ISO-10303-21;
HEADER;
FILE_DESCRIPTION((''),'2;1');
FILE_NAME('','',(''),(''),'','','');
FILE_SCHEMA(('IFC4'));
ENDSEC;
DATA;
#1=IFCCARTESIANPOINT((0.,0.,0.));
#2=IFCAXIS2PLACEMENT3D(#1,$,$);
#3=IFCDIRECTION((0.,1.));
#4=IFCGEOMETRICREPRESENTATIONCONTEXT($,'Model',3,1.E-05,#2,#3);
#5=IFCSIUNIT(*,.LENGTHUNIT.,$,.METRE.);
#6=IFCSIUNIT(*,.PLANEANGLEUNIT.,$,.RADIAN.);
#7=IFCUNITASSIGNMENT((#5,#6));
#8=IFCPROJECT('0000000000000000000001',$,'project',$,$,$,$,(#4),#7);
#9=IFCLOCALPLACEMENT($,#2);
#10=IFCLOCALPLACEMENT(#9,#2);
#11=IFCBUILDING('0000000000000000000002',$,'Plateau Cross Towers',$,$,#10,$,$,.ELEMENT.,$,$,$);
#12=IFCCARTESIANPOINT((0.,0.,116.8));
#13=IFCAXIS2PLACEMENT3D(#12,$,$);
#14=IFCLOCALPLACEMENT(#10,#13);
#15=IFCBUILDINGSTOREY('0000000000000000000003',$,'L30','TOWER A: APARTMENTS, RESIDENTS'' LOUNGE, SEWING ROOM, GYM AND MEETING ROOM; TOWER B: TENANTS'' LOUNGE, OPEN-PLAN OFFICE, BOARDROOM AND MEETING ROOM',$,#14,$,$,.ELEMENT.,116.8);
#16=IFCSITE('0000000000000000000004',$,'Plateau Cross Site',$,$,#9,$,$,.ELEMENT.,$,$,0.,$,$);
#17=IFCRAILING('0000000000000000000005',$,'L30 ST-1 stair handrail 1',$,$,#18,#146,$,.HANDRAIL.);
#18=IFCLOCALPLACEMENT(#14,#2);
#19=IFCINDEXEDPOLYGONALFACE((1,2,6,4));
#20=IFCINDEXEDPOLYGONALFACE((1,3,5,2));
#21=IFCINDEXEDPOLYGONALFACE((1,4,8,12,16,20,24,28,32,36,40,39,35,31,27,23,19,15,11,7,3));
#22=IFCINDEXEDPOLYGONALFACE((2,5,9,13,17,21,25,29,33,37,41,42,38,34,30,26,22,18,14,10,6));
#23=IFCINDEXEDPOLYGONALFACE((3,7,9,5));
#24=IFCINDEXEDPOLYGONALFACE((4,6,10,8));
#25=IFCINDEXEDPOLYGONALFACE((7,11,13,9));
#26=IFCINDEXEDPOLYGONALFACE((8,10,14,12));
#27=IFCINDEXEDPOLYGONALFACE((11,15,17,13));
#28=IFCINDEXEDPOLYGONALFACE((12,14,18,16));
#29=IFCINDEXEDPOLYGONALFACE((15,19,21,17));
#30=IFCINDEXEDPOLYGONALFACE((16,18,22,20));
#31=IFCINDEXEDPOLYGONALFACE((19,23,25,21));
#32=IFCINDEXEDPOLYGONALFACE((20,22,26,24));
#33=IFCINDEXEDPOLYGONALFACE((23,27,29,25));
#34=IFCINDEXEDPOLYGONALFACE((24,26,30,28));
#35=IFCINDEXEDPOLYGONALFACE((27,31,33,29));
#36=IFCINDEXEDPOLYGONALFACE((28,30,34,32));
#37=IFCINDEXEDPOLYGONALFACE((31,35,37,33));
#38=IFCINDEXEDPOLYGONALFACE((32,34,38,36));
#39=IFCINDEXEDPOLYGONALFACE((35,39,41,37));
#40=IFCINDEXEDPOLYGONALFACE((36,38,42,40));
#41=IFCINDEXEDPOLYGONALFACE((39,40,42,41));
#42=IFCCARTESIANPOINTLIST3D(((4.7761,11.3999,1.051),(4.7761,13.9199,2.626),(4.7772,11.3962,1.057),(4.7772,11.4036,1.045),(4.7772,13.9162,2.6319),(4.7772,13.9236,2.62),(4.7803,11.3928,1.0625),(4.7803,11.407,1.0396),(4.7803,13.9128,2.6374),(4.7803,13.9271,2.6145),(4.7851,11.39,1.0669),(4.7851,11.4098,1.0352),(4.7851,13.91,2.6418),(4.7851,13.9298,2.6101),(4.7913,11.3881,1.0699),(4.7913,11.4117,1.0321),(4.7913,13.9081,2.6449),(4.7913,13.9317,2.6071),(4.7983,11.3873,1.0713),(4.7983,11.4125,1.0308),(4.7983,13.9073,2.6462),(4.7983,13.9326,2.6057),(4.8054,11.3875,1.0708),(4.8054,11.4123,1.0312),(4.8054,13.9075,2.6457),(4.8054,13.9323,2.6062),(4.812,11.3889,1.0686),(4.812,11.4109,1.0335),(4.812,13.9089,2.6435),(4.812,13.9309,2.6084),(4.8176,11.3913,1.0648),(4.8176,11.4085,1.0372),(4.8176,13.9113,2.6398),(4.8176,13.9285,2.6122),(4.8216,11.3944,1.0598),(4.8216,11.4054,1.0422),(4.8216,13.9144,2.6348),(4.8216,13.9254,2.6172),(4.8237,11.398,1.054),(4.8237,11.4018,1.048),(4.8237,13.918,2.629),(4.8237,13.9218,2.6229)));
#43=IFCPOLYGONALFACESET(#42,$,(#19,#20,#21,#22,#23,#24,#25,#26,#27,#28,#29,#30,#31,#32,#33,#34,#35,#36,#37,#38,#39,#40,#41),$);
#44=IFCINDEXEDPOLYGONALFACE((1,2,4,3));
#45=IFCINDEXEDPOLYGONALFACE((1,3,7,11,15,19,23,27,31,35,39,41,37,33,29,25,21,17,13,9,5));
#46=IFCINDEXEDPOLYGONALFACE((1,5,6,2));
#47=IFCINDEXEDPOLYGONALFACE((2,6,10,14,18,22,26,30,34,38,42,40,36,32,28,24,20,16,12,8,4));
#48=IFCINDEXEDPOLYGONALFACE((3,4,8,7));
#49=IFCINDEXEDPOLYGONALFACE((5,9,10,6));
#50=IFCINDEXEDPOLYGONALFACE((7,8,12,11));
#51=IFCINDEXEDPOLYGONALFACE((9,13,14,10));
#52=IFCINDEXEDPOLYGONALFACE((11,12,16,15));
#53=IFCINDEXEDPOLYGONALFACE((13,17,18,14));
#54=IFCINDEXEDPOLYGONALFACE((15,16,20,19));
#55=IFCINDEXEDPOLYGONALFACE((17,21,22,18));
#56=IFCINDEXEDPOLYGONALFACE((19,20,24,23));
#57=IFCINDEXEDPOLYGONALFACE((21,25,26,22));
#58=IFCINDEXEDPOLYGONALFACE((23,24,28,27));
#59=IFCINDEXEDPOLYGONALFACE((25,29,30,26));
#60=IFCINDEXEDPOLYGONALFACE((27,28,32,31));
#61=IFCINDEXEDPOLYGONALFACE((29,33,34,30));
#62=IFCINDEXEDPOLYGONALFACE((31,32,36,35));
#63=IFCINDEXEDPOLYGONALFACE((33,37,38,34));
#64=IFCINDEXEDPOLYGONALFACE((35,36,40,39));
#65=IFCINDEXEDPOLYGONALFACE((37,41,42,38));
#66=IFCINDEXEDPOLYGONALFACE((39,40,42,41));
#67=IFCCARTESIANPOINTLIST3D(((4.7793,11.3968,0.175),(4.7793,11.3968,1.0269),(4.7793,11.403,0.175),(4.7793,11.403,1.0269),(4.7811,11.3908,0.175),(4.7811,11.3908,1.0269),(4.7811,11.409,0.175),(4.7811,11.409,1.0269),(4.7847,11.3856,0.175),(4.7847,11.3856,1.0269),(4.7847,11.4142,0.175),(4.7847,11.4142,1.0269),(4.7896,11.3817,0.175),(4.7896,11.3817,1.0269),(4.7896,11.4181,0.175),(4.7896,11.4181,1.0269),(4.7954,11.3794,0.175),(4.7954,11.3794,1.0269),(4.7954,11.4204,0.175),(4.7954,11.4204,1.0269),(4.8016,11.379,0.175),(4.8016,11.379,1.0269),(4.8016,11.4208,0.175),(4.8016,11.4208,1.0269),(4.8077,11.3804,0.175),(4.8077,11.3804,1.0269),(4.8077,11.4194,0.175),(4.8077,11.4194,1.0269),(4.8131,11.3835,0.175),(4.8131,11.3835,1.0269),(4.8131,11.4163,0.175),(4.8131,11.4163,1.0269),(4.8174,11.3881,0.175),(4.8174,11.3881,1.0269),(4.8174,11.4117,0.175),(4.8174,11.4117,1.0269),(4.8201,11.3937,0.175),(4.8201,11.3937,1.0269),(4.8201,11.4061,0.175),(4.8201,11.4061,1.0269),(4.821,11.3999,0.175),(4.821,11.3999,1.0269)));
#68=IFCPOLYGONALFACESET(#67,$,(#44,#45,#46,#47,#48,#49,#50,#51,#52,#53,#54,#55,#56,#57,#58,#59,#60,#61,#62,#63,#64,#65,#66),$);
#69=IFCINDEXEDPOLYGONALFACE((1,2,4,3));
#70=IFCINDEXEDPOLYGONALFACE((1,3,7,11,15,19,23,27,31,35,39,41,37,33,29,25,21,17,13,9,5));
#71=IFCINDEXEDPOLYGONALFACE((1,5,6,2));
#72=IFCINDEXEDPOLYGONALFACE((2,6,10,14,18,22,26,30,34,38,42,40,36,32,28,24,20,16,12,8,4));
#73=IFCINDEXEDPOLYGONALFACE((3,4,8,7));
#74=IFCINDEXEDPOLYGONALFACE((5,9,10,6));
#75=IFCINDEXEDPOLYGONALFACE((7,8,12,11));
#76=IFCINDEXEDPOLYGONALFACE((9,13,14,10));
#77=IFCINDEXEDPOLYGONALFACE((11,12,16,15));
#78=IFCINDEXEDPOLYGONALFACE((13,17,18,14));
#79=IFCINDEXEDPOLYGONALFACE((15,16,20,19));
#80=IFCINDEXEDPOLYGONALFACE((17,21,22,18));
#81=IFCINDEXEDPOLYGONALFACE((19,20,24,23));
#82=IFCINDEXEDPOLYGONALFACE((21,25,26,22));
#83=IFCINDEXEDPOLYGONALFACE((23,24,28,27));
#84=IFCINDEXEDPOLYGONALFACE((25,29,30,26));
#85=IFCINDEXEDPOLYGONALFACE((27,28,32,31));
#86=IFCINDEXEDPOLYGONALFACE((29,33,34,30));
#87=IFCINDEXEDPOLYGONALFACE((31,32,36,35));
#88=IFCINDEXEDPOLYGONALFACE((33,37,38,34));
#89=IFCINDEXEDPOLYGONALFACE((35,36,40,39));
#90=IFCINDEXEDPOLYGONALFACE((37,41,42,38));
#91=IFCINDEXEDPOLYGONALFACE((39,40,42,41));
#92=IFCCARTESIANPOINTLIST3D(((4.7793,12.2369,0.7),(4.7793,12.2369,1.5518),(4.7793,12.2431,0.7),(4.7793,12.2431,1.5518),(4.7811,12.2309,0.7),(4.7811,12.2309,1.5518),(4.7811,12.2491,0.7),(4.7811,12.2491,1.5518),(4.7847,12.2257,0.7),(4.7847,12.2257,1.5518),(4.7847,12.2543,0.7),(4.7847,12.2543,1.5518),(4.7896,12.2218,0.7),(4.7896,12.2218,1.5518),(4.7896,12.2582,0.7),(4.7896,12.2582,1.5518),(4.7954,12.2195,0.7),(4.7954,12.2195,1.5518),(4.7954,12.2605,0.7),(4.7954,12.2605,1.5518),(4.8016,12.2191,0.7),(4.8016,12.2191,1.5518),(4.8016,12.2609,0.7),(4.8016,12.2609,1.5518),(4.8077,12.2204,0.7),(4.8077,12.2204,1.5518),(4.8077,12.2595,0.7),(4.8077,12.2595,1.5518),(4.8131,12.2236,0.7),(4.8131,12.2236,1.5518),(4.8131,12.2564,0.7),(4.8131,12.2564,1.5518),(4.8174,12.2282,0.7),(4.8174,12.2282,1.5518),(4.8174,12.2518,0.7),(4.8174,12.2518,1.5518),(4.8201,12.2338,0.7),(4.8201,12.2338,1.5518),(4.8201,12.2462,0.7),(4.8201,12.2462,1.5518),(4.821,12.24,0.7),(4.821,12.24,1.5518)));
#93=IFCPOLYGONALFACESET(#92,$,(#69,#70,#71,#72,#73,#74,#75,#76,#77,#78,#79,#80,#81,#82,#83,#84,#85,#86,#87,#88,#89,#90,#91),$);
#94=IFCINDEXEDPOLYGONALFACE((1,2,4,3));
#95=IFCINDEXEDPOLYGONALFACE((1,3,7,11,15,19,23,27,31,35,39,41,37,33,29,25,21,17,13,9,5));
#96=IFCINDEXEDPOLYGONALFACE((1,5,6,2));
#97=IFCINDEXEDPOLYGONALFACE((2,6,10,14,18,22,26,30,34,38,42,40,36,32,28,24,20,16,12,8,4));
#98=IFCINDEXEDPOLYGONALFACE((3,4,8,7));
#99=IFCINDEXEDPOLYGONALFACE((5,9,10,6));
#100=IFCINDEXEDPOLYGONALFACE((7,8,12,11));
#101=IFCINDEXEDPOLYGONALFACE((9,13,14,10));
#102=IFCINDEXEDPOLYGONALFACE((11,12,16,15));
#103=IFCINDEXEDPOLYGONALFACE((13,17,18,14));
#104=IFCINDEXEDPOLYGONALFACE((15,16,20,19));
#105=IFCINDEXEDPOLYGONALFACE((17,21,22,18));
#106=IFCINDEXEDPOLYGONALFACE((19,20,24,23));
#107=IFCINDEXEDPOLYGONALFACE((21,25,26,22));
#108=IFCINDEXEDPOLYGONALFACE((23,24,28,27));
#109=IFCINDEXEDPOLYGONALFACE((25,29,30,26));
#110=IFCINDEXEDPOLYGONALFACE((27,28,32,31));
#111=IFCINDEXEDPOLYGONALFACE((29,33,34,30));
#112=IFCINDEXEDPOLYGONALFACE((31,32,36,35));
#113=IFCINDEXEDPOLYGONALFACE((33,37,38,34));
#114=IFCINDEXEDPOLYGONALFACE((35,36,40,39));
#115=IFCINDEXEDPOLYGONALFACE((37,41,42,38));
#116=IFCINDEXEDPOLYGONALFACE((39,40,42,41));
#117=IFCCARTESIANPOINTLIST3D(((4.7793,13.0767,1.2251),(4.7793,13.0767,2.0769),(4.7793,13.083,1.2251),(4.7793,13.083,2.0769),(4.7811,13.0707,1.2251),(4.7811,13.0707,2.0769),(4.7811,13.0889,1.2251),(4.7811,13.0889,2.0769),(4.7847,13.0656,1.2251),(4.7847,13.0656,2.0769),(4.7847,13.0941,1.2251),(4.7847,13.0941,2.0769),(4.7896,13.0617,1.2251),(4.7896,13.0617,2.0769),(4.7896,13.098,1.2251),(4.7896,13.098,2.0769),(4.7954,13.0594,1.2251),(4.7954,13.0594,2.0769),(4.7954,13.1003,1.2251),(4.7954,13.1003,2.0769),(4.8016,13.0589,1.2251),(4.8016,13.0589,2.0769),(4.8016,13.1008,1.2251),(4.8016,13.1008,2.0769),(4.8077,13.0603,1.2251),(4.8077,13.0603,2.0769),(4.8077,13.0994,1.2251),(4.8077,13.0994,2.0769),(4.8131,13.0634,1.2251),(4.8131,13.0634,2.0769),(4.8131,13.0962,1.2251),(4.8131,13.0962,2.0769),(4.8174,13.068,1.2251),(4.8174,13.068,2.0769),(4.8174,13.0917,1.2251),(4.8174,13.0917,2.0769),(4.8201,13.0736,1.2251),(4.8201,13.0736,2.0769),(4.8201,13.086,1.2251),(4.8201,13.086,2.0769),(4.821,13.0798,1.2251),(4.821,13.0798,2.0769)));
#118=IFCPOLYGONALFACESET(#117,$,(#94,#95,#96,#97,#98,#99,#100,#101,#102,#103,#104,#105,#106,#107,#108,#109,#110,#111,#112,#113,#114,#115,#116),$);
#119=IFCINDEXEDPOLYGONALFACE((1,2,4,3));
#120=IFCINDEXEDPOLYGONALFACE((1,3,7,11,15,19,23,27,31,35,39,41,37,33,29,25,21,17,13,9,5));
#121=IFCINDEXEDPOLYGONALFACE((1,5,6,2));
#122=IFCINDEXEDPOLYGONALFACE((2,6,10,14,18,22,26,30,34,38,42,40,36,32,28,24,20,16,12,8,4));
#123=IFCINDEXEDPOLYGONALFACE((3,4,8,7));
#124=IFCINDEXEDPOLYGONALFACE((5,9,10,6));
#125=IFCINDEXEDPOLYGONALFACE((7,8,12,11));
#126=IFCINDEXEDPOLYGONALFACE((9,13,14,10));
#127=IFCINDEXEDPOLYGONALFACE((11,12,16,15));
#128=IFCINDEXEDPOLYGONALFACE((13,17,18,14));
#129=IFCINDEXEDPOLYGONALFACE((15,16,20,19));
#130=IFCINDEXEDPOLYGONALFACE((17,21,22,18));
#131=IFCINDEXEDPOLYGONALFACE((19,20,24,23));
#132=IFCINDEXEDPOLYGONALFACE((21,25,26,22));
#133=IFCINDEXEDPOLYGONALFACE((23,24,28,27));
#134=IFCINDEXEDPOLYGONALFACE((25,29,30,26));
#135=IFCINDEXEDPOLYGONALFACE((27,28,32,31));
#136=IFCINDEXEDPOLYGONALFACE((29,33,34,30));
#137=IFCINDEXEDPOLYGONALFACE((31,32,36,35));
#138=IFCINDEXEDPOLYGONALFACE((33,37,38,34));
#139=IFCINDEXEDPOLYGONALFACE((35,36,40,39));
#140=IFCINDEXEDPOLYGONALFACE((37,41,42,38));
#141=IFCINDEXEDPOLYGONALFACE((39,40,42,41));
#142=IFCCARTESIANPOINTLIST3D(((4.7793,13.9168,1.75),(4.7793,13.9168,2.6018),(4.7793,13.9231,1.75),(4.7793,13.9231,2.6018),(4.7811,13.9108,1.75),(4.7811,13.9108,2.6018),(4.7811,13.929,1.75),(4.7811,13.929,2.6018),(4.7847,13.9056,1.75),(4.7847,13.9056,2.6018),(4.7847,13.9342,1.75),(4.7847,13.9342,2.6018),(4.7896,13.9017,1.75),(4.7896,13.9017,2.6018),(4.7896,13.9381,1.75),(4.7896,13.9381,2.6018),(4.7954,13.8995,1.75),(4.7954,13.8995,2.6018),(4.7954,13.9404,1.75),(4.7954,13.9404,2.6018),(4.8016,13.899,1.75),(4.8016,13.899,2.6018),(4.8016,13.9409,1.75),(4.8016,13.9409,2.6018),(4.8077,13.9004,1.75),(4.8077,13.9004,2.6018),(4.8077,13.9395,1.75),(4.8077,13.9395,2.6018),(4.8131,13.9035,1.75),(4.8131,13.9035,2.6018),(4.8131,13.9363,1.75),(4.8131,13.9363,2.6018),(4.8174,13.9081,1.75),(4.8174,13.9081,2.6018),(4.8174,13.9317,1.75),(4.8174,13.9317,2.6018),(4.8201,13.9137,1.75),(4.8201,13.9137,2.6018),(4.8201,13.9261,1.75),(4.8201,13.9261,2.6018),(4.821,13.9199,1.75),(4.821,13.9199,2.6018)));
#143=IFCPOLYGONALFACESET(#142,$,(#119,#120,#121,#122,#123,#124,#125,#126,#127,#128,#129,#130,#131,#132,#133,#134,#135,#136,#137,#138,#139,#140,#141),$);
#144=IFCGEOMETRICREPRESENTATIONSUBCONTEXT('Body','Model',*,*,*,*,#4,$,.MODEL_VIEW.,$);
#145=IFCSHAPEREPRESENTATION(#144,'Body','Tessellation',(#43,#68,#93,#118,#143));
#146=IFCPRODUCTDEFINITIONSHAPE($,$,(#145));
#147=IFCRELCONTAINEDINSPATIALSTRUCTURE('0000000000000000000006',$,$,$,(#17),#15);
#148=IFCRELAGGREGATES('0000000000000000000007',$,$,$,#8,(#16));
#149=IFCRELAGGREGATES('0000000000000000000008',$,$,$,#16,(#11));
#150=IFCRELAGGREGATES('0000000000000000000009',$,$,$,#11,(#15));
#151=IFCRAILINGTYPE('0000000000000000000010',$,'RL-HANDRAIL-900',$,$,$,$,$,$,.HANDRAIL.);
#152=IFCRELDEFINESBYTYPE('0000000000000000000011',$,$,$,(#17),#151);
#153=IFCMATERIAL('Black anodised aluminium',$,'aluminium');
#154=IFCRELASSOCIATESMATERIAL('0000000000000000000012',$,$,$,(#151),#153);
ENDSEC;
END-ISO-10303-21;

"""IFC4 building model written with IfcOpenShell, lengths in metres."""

from ifc_helpers import new_model, si_unit, direction, frame, origin, origin_2d, place, context, subcontext, project, spatial, circle, extrude, material, type_object, element, save


model = new_model("IFC4")

# Units and contexts
model_context = context("Model", 3, precision=1e-05, world=origin(), true_north=direction((0.0, 1.0)))
body_context = subcontext(model_context, "Body", "Model", "MODEL_VIEW")
ifc_project = project(units=[si_unit("LENGTHUNIT", "METRE"), si_unit("PLANEANGLEUNIT", "RADIAN")], contexts=[model_context])

# Site, building, storey
site_placement = place(None, origin())
site = spatial("IfcSite", under=ifc_project, at=site_placement, Name="Plateau Cross Site", CompositionType="ELEMENT", RefElevation=0.0)
building_placement = place(site_placement, origin())
building = spatial("IfcBuilding", under=site, at=building_placement, Name="Plateau Cross Towers", CompositionType="ELEMENT")
storey_placement = place(building_placement, frame((0.0, 0.0, 116.8)))
storey = spatial("IfcBuildingStorey", under=building, at=storey_placement, Name="L30", Description="TOWER A: APARTMENTS, RESIDENTS' LOUNGE, SEWING ROOM, GYM AND MEETING ROOM; TOWER B: TENANTS' LOUNGE, OPEN-PLAN OFFICE, BOARDROOM AND MEETING ROOM", CompositionType="ELEMENT", Elevation=116.8)

# Shared definitions
ifc_material_1 = material(Name="Black anodised aluminium", Category="aluminium")

# Railing
railing_type_1 = type_object("IfcRailingType", Name="RL-HANDRAIL-900", PredefinedType="HANDRAIL", material=ifc_material_1)
railing_1_placement = place(storey_placement, frame((4.8, 11.3999, 0.175)))
element("IfcRailing", 1, at=railing_1_placement, inside=storey, type_object=railing_type_1, Name="L30 ST-1 stair handrail 1", PredefinedType="HANDRAIL", context=body_context, shape_type="SweptSolid", body=[
    extrude(circle(Radius=0.0239, at=origin_2d()), frame((0.0, 0.0, 0.876), z_axis=(0.0, 0.848008, 0.529984), x_axis=(-1.0, 0.0, 0.0)), (0.0, 0.0, 1.0), 2.9717),
    extrude(circle(Radius=0.021, at=origin_2d()), origin(), (0.0, 0.0, 1.0), 0.8518),
    extrude(circle(Radius=0.021, at=origin_2d()), frame((0.0, 0.8401, 0.5249)), (0.0, 0.0, 1.0), 0.8518),
    extrude(circle(Radius=0.021, at=origin_2d()), frame((0.0, 1.6799, 1.05)), (0.0, 0.0, 1.0), 0.8518),
    extrude(circle(Radius=0.021, at=origin_2d()), frame((0.0, 2.52, 1.575)), (0.0, 0.0, 1.0), 0.8518),
])

save(model, "model.ifc")
